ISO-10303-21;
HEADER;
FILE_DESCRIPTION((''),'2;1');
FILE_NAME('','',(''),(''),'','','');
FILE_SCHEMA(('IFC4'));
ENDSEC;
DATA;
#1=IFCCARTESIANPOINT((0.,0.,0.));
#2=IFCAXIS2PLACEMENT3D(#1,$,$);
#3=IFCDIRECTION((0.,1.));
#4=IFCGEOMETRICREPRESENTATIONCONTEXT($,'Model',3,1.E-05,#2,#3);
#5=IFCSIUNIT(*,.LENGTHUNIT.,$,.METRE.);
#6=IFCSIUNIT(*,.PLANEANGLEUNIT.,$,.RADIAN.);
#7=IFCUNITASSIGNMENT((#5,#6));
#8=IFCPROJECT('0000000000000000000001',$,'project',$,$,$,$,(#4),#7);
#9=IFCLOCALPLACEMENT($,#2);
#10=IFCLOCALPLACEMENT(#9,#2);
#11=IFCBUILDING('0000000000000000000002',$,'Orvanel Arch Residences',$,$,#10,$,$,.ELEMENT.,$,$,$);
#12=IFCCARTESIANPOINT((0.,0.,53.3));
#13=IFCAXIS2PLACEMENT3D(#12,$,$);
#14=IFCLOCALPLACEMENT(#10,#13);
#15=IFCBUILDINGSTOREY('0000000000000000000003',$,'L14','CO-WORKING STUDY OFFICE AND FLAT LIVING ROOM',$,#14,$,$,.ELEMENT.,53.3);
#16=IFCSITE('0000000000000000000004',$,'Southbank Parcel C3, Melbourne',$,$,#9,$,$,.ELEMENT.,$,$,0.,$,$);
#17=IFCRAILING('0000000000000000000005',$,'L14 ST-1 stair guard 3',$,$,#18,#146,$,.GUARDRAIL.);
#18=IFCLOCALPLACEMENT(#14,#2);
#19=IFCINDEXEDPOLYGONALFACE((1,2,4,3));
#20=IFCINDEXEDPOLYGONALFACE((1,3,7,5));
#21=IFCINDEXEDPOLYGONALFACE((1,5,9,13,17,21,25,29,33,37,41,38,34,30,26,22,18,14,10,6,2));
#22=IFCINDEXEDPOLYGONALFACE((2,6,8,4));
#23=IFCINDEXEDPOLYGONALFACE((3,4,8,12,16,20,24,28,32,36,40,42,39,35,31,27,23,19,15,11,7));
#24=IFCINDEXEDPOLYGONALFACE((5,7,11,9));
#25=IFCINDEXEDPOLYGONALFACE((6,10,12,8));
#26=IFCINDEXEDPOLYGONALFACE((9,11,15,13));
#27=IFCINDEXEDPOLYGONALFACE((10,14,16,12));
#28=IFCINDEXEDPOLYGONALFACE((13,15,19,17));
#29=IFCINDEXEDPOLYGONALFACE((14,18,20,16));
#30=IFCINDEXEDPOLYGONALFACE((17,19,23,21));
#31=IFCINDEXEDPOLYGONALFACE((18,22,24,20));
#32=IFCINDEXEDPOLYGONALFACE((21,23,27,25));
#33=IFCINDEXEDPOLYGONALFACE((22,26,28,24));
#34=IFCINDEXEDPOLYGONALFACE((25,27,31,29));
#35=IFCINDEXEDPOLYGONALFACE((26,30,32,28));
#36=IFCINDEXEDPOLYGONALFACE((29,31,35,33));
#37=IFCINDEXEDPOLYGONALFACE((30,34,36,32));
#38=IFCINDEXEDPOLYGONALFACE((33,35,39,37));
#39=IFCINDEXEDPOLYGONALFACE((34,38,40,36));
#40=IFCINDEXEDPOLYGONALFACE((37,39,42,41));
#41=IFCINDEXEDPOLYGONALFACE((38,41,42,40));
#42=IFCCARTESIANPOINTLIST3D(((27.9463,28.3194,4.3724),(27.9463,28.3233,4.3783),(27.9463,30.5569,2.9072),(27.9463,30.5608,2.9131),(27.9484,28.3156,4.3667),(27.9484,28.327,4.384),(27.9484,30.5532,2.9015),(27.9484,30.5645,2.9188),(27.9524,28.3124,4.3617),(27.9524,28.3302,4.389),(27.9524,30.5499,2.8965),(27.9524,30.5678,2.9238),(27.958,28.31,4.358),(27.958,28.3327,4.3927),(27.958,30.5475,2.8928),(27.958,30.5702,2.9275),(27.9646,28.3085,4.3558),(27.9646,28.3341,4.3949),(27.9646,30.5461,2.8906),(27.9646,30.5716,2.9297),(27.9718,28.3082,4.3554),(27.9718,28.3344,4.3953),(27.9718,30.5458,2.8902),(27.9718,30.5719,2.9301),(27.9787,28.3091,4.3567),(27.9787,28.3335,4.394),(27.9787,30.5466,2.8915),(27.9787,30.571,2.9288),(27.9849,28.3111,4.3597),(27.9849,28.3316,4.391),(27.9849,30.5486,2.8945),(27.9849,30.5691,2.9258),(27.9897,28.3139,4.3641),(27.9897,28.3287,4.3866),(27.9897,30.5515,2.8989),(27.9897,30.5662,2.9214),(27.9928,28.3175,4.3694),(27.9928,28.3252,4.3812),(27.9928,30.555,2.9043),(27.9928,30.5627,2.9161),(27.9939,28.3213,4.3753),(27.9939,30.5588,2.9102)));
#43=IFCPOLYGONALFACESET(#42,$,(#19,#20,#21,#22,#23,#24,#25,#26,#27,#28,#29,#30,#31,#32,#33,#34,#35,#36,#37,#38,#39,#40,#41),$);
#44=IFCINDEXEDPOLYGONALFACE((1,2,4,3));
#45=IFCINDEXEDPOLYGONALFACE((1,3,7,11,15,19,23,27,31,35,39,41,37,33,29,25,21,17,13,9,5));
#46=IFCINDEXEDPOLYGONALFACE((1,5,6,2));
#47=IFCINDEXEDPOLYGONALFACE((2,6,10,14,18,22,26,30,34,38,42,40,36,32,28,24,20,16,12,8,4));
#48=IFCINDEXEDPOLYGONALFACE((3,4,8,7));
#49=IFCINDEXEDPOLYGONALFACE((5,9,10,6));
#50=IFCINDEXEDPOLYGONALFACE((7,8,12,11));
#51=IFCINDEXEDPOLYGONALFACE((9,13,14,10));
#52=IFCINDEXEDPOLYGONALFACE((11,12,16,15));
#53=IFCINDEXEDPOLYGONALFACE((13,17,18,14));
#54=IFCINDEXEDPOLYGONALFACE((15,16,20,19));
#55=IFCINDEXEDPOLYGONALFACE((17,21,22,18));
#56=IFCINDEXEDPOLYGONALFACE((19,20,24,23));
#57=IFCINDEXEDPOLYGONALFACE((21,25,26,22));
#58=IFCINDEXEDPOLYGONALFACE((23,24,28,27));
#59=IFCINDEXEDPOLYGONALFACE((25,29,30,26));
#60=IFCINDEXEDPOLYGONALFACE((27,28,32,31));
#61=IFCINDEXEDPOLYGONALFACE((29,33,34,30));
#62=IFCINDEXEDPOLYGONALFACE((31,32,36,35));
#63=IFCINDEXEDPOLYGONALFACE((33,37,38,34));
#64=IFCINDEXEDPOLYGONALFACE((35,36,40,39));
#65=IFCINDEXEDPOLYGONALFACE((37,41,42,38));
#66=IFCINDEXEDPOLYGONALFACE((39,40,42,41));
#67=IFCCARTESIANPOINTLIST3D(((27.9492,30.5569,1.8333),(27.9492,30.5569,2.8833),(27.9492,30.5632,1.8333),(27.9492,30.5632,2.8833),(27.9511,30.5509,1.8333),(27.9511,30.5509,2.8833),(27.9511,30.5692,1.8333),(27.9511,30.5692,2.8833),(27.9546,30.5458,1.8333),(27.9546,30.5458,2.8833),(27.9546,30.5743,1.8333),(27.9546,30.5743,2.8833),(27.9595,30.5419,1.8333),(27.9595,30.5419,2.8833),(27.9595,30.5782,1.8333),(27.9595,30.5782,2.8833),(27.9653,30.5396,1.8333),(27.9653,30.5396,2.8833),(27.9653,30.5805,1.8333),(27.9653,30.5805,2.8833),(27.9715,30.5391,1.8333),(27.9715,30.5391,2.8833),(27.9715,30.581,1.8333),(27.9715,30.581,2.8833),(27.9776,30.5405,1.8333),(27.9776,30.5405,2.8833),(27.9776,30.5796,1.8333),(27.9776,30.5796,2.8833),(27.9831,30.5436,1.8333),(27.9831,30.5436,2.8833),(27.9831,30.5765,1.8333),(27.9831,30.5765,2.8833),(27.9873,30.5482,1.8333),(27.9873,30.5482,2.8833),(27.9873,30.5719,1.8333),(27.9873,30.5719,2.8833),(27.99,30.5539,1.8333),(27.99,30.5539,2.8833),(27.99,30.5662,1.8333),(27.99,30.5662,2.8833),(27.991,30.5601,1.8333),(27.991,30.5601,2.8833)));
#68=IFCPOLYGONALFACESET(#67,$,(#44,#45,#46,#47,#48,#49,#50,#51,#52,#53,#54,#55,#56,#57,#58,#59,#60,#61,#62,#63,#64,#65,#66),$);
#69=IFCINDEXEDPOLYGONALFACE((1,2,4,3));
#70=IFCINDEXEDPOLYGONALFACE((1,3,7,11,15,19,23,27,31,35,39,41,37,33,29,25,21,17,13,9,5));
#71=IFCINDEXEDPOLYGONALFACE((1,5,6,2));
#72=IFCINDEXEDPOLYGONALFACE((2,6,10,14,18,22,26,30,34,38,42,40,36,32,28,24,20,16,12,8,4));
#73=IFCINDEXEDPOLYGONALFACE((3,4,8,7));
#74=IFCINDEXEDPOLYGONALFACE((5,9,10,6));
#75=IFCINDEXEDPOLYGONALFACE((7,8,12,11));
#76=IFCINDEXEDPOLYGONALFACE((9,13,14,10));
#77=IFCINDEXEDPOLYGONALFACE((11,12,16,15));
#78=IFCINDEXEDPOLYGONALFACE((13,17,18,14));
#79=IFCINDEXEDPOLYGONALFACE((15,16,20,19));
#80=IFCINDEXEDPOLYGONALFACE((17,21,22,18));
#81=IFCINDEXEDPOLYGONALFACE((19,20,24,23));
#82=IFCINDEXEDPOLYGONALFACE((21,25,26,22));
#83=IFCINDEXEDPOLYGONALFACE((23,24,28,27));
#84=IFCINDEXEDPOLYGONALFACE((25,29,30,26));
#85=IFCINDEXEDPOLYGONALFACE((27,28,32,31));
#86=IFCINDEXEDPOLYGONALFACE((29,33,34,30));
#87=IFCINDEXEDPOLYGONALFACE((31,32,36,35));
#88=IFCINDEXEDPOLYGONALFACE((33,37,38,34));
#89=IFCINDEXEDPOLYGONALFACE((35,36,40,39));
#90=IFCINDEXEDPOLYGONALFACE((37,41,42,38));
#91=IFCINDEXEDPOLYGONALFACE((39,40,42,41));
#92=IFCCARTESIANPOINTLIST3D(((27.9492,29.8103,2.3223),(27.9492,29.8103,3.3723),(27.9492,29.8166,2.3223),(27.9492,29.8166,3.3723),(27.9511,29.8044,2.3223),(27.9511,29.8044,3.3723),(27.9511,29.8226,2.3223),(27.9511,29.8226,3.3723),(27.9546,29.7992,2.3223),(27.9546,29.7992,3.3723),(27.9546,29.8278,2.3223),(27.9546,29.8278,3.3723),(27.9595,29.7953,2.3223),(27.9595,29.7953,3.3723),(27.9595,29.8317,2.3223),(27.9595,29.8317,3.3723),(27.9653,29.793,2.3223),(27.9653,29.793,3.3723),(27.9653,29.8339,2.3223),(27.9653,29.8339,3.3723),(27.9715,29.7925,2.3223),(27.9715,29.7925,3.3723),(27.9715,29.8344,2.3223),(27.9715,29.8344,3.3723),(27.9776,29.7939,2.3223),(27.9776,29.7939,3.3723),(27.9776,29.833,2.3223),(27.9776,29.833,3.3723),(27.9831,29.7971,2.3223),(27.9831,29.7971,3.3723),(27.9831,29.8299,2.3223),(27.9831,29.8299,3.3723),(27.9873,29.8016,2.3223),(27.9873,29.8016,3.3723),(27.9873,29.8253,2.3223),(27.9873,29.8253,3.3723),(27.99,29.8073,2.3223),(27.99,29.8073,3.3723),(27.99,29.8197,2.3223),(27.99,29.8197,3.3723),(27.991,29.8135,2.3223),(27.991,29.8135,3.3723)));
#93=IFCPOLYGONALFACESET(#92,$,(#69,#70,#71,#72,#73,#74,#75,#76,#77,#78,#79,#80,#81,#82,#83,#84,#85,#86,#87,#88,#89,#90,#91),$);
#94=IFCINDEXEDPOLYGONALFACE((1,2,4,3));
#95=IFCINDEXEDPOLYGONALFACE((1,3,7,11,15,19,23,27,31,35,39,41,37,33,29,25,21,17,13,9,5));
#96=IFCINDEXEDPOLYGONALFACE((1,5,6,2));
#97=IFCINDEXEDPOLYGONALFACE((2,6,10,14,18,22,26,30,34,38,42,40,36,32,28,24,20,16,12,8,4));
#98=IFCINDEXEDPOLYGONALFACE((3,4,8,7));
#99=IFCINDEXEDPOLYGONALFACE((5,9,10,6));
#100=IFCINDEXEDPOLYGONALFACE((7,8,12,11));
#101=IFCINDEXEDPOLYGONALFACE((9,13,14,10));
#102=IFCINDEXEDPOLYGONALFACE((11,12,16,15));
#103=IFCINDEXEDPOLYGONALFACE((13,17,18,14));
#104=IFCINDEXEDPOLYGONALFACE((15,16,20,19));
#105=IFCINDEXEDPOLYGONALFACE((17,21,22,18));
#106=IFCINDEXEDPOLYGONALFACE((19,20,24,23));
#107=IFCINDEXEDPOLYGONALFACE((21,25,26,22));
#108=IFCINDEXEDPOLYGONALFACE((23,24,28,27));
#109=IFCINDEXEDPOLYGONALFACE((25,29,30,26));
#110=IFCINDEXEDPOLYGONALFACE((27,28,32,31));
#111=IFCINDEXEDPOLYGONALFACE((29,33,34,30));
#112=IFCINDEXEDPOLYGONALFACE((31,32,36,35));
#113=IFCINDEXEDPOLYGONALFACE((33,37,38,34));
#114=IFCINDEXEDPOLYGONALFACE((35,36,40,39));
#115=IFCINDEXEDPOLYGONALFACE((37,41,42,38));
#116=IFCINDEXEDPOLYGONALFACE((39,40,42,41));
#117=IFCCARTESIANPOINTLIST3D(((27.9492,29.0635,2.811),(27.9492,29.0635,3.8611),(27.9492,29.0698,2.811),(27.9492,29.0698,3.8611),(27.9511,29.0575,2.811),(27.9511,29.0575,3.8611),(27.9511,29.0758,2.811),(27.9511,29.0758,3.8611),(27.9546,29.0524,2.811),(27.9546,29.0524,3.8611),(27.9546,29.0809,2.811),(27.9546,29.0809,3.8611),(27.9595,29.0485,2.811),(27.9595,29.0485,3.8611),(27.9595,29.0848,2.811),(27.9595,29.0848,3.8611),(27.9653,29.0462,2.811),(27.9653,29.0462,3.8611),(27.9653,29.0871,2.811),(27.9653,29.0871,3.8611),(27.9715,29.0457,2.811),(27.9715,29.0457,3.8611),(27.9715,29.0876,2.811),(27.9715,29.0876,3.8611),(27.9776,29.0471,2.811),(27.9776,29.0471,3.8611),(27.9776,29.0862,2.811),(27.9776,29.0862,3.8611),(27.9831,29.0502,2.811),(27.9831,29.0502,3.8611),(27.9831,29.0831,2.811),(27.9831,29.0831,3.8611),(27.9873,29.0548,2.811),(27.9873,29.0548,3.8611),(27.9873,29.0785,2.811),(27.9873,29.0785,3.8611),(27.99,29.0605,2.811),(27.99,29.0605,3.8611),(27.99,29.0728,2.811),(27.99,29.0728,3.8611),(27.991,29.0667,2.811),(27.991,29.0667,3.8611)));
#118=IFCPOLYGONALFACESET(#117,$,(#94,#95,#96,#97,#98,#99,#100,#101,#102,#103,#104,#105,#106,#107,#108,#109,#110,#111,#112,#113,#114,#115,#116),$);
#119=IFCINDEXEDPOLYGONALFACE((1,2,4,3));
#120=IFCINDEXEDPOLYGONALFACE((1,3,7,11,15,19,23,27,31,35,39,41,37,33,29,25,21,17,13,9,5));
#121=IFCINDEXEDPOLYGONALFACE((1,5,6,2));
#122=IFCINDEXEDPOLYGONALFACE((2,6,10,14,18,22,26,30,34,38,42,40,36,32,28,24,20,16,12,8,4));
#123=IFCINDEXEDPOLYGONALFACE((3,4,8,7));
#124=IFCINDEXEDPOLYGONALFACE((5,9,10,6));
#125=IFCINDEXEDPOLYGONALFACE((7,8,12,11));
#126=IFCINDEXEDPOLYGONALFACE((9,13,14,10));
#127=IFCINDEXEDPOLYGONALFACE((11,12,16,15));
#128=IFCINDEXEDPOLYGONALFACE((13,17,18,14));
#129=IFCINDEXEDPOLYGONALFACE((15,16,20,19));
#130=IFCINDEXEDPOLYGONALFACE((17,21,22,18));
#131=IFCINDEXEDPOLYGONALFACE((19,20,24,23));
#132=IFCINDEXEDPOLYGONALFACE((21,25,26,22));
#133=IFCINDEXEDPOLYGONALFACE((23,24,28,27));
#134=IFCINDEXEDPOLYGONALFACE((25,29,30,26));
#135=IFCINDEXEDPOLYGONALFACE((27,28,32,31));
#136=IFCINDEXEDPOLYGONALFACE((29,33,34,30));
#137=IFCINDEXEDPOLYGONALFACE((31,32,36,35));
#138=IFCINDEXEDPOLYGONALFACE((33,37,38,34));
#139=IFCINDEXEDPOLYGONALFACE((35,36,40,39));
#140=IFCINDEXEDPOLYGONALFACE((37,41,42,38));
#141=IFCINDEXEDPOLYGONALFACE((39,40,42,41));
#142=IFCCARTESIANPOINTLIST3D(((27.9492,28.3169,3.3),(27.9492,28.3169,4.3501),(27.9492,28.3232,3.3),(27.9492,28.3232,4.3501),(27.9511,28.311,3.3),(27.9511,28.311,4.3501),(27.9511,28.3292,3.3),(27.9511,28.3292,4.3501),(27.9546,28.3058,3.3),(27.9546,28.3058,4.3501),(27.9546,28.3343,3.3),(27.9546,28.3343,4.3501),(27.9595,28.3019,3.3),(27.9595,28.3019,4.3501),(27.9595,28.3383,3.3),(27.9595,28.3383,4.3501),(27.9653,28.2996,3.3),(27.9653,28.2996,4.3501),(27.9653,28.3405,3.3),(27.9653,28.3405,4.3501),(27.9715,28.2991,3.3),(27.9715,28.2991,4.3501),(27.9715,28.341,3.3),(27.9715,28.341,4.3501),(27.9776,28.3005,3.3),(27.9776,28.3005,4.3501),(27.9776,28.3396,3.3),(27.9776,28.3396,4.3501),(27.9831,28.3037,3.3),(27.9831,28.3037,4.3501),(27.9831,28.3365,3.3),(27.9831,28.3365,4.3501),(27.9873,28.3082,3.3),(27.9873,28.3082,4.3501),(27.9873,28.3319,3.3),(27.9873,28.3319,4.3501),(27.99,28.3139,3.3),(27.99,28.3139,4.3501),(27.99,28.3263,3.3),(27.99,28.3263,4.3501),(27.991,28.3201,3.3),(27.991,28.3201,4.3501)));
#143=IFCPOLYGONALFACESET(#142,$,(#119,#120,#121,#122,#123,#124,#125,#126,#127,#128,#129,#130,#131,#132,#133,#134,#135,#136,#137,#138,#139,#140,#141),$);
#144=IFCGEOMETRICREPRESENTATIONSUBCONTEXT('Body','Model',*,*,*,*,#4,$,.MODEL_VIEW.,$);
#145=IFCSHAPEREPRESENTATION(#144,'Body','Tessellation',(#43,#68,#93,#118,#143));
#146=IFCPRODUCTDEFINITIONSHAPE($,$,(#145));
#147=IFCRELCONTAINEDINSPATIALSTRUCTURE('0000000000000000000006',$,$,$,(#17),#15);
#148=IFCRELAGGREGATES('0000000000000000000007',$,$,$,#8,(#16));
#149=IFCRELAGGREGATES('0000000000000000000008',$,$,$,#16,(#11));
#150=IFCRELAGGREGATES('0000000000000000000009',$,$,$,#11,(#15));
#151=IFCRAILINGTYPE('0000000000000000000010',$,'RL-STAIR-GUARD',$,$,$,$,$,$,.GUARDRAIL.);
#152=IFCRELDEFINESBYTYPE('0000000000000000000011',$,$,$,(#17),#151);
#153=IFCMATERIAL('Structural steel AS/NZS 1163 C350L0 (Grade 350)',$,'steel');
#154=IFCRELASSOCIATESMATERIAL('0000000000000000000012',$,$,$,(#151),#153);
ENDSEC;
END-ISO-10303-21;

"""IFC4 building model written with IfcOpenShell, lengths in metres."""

from ifc_helpers import new_model, si_unit, direction, frame, origin, origin_2d, place, context, subcontext, project, spatial, circle, extrude, material, type_object, element, save


model = new_model("IFC4")

# Units and contexts
model_context = context("Model", 3, precision=1e-05, world=origin(), true_north=direction((0.0, 1.0)))
body_context = subcontext(model_context, "Body", "Model", "MODEL_VIEW")
ifc_project = project(units=[si_unit("LENGTHUNIT", "METRE"), si_unit("PLANEANGLEUNIT", "RADIAN")], contexts=[model_context])

# Site, building, storey
site_placement = place(None, origin())
site = spatial("IfcSite", under=ifc_project, at=site_placement, Name="Southbank Parcel C3, Melbourne", CompositionType="ELEMENT", RefElevation=0.0)
building_placement = place(site_placement, origin())
building = spatial("IfcBuilding", under=site, at=building_placement, Name="Orvanel Arch Residences", CompositionType="ELEMENT")
storey_placement = place(building_placement, frame((0.0, 0.0, 53.3)))
storey = spatial("IfcBuildingStorey", under=building, at=storey_placement, Name="L14", Description="CO-WORKING STUDY OFFICE AND FLAT LIVING ROOM", CompositionType="ELEMENT", Elevation=53.3)

# Railing
ifc_material_1 = material(Name="Structural steel AS/NZS 1163 C350L0 (Grade 350)", Category="steel")
railing_type_1 = type_object("IfcRailingType", Name="RL-STAIR-GUARD", PredefinedType="GUARDRAIL", material=ifc_material_1)
railing_1_placement = place(storey_placement, frame((27.97, 30.5601, 1.8333)))
element("IfcRailing", 1, at=railing_1_placement, inside=storey, type_object=railing_type_1, Name="L14 ST-1 stair guard 3", PredefinedType="GUARDRAIL", context=body_context, shape_type="SweptSolid", body=[
    extrude(circle(Radius=0.0239, at=origin_2d()), frame((0.0, -0.0012, 1.0769), z_axis=(0.0, -0.836595, 0.547822), x_axis=(1.0, 0.0, 0.0)), (0.0, 0.0, 1.0), 2.6746),
    extrude(circle(Radius=0.021, at=origin_2d()), origin(), (0.0, 0.0, 1.0), 1.05),
    extrude(circle(Radius=0.021, at=origin_2d()), frame((0.0, -0.7466, 0.489)), (0.0, 0.0, 1.0), 1.05),
    extrude(circle(Radius=0.021, at=origin_2d()), frame((0.0, -1.4934, 0.9778)), (0.0, 0.0, 1.0), 1.05),
    extrude(circle(Radius=0.021, at=origin_2d()), frame((0.0, -2.24, 1.4668)), (0.0, 0.0, 1.0), 1.05),
])

save(model, "model.ifc")
